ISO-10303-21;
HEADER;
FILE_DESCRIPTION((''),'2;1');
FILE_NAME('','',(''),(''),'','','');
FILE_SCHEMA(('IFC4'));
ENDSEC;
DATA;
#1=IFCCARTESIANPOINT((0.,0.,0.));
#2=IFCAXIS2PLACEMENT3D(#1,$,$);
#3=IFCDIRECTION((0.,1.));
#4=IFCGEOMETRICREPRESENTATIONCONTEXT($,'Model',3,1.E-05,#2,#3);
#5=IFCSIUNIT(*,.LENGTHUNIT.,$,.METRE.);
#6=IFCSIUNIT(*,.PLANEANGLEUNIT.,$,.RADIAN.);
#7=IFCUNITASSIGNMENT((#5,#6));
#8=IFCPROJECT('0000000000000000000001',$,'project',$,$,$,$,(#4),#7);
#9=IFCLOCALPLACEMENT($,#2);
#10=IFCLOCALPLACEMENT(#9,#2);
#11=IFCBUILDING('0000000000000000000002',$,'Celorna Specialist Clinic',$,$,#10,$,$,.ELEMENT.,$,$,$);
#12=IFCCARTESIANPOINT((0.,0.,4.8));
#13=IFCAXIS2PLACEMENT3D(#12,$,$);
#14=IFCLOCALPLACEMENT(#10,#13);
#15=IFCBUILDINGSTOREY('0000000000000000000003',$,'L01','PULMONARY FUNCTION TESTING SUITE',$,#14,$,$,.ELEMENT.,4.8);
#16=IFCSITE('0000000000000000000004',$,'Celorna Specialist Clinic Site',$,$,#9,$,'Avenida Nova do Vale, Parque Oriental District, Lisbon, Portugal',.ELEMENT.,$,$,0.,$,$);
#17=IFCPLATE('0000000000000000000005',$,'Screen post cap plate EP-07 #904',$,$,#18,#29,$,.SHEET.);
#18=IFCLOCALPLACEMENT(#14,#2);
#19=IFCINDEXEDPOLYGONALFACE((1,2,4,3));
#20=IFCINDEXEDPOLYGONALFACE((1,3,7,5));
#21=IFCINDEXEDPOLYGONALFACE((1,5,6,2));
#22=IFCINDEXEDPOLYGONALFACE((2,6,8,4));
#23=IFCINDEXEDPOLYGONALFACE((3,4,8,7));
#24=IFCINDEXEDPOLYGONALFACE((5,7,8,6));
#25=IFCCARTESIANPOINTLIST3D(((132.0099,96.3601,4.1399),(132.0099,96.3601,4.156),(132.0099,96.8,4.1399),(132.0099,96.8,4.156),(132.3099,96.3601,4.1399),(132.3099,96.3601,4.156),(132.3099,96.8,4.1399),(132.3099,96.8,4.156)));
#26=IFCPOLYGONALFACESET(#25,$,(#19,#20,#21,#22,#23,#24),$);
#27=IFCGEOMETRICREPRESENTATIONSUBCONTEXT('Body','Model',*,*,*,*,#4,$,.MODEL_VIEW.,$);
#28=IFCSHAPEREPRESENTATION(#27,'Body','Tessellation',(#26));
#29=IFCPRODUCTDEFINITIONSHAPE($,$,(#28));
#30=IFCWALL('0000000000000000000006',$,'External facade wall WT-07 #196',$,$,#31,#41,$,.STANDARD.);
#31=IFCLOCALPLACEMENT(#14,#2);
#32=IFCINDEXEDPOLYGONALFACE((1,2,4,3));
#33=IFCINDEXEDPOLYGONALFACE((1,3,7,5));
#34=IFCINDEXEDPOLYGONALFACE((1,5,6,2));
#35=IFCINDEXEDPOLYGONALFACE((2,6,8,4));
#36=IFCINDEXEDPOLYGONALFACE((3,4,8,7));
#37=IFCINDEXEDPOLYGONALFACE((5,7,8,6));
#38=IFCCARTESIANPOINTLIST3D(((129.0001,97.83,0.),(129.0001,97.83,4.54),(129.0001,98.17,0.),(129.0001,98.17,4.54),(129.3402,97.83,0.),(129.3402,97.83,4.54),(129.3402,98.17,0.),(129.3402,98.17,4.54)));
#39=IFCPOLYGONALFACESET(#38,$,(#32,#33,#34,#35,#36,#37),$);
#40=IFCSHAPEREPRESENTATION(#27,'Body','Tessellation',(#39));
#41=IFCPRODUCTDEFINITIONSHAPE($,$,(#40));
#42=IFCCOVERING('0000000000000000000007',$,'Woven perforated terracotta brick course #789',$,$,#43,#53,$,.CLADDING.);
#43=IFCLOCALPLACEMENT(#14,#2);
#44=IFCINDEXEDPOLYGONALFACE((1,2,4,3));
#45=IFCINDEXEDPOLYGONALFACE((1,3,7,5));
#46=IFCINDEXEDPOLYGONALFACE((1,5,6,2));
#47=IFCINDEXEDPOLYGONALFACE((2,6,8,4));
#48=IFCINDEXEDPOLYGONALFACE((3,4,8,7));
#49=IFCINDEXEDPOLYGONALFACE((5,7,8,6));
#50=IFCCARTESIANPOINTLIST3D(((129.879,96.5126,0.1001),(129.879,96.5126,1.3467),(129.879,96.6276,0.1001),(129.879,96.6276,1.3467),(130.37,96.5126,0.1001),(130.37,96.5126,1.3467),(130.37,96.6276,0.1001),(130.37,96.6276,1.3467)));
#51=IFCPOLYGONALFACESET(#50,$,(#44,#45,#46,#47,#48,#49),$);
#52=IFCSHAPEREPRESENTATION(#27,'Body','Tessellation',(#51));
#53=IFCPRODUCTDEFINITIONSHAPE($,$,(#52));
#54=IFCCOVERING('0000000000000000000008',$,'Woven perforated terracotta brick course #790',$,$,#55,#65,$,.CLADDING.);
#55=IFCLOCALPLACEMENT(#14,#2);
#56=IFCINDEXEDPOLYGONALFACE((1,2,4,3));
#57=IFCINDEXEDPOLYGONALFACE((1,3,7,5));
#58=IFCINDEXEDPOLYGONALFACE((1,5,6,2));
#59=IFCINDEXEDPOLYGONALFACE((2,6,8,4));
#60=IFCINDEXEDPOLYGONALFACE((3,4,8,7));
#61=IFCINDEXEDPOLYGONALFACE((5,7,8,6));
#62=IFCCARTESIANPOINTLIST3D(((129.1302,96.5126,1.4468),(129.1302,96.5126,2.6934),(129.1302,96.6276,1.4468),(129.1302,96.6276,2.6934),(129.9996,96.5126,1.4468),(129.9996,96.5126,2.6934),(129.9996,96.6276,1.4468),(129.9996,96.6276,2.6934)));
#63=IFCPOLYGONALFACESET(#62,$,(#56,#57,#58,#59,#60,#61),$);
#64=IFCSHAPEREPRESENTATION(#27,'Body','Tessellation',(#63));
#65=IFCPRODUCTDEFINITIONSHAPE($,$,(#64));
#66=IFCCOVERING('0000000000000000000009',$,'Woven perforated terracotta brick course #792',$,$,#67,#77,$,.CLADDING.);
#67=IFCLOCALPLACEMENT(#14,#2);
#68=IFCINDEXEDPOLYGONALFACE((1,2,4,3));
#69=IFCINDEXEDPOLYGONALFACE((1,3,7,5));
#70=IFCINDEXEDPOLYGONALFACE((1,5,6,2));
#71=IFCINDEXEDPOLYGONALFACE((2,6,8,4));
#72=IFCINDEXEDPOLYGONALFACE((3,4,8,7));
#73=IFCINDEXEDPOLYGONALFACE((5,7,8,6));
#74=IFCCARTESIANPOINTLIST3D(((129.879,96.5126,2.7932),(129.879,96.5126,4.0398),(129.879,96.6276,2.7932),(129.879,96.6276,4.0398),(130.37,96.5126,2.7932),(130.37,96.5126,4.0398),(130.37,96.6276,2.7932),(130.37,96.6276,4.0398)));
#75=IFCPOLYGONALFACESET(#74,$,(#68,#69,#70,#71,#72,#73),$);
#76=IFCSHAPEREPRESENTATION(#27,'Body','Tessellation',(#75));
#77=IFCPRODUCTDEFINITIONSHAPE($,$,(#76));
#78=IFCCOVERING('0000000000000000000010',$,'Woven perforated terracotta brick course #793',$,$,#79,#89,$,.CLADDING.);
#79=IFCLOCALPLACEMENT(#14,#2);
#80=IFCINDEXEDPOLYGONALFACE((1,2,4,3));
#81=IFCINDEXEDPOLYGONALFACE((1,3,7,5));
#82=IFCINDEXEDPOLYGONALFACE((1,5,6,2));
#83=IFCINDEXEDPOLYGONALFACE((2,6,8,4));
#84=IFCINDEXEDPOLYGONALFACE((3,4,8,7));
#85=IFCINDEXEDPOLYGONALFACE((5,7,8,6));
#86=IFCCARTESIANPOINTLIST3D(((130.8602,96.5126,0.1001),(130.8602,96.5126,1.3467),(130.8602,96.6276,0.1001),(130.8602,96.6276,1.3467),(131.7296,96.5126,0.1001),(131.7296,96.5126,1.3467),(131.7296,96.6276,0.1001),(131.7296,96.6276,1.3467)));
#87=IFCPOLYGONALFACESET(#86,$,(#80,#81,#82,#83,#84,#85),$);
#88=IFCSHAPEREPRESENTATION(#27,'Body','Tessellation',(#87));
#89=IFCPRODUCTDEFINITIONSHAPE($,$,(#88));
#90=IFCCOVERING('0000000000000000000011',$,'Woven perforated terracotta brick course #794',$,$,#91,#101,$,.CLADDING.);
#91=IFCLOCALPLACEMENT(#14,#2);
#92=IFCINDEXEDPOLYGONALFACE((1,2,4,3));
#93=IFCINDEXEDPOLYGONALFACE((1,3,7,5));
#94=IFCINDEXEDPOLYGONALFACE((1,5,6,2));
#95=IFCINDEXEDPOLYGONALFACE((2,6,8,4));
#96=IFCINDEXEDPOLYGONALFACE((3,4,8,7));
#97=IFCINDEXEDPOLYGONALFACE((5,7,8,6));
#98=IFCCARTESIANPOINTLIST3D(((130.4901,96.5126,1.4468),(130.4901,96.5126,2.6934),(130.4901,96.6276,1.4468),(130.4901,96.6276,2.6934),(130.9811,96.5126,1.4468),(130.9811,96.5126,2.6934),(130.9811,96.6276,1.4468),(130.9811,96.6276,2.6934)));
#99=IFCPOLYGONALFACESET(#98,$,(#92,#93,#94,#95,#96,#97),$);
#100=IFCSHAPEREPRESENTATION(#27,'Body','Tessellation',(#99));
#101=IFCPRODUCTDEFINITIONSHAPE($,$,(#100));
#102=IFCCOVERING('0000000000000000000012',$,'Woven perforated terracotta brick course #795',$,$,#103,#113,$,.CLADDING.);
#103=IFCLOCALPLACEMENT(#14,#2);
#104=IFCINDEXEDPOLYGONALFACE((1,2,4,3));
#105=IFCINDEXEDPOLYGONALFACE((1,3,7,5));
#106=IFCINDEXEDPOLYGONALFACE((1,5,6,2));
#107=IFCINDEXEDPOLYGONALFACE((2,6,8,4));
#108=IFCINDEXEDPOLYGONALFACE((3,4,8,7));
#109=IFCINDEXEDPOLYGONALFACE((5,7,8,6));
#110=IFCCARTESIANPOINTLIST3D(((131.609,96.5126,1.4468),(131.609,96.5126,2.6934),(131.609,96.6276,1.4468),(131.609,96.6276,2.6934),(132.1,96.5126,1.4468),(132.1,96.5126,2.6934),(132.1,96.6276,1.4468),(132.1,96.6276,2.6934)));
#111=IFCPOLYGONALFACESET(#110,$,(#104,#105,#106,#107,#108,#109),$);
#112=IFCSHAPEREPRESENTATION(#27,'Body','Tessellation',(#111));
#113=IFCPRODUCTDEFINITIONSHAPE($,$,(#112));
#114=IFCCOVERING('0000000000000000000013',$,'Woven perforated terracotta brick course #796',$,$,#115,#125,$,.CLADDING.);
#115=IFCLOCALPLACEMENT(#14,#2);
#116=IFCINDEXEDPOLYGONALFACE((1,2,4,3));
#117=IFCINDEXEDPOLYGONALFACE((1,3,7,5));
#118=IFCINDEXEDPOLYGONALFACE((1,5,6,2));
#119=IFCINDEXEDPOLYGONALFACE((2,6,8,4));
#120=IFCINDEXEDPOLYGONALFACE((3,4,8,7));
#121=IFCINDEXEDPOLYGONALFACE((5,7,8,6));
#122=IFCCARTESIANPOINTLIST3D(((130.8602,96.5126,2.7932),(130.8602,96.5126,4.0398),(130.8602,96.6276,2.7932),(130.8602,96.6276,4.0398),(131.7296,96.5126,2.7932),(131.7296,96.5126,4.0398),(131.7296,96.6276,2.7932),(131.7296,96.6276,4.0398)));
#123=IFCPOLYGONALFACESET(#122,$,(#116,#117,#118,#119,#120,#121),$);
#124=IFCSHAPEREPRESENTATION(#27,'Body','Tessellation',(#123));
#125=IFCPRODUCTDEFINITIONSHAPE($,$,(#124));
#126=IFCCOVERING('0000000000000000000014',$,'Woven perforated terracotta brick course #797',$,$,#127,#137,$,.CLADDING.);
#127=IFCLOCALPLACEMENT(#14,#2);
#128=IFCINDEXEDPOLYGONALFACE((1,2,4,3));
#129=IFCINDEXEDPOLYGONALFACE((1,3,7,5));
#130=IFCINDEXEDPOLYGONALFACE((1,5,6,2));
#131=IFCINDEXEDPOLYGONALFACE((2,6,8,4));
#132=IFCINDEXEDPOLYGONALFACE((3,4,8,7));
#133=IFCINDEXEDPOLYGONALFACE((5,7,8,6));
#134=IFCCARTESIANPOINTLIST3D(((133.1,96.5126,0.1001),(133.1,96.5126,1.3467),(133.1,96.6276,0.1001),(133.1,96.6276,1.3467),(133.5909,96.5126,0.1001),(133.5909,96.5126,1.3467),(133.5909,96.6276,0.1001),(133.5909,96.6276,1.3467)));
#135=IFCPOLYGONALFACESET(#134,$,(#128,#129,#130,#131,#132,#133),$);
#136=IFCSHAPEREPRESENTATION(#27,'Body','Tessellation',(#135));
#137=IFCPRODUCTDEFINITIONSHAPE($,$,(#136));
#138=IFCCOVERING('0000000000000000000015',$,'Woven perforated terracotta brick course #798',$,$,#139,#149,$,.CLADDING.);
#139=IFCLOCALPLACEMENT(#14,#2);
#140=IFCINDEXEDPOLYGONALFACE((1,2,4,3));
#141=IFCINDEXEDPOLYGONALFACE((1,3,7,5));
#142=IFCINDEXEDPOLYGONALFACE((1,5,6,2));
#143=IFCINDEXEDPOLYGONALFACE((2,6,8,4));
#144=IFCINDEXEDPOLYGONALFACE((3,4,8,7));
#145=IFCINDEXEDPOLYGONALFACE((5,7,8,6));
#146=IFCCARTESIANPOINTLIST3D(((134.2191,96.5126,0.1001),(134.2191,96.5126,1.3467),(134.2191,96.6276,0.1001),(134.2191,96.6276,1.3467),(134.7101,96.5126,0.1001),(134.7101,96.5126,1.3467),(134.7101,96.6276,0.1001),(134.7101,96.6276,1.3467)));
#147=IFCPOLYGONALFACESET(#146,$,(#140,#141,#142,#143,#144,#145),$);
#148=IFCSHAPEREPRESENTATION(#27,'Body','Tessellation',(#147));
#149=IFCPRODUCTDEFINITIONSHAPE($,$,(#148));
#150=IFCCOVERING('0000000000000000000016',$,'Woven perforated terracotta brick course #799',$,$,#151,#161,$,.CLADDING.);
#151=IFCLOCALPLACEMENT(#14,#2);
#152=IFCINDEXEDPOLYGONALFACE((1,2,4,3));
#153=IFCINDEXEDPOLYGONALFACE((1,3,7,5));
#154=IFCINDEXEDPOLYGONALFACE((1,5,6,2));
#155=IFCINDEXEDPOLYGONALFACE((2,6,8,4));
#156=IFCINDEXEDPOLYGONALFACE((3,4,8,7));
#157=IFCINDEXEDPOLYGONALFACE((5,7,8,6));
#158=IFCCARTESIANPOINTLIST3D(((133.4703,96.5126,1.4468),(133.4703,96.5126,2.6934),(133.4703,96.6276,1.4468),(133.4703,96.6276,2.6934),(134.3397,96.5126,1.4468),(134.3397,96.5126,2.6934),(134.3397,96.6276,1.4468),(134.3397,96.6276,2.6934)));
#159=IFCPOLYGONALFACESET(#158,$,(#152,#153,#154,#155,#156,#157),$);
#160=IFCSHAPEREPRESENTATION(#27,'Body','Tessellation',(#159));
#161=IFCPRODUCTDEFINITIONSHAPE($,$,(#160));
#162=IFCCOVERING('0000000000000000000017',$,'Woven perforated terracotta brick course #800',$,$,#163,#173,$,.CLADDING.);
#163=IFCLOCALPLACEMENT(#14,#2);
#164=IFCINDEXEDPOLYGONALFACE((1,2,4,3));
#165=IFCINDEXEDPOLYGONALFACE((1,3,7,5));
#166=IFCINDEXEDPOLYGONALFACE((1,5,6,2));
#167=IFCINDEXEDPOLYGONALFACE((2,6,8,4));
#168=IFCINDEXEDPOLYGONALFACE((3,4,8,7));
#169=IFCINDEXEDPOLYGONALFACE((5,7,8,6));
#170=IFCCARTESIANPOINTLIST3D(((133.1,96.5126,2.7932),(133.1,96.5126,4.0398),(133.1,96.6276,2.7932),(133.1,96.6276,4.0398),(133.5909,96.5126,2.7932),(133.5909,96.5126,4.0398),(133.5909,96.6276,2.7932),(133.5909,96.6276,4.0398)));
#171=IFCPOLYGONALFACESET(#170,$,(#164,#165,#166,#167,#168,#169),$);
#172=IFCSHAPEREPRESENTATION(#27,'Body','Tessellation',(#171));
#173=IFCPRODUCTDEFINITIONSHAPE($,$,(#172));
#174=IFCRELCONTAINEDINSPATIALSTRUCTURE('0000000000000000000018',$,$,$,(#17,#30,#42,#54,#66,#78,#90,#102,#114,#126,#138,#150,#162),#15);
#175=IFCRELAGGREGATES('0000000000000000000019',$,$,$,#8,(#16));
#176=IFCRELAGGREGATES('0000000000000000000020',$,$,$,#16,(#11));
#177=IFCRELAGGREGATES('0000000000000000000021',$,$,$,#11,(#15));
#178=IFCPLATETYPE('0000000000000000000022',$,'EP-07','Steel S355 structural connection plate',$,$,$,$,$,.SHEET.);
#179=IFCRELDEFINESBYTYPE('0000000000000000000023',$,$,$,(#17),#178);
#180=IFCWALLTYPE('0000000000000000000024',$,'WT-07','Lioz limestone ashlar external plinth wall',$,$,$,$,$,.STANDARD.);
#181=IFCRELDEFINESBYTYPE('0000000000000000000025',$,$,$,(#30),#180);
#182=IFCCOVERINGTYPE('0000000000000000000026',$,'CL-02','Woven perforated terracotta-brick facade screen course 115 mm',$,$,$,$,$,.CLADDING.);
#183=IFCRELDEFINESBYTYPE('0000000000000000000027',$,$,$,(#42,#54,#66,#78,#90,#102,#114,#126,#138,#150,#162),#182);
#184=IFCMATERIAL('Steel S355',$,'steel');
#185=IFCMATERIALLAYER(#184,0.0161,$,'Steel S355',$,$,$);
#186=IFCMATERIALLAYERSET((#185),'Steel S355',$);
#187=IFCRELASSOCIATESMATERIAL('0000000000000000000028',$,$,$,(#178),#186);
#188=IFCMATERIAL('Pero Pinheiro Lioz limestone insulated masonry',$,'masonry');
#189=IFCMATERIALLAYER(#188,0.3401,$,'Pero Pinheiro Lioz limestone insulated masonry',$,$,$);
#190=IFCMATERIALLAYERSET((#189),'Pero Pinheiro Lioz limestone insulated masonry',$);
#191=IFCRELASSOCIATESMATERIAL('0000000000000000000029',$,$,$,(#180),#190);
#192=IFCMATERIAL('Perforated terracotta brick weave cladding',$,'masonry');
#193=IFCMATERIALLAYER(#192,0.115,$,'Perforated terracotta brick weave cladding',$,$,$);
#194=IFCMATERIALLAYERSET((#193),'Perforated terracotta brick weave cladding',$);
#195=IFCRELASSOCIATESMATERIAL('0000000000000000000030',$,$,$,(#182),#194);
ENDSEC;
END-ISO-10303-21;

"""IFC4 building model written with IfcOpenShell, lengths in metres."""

from ifc_helpers import new_model, si_unit, direction, frame, frame_2d, origin, origin_2d, place, context, subcontext, project, spatial, rectangle, extrude, material, layer, layer_set, type_object, element, save


model = new_model("IFC4")

# Units and contexts
model_context = context("Model", 3, precision=1e-05, world=origin(), true_north=direction((0.0, 1.0)))
body_context = subcontext(model_context, "Body", "Model", "MODEL_VIEW")
ifc_project = project(units=[si_unit("LENGTHUNIT", "METRE"), si_unit("PLANEANGLEUNIT", "RADIAN")], contexts=[model_context])

# Site, building, storey
site_placement = place(None, origin())
site = spatial("IfcSite", under=ifc_project, at=site_placement, Name="Celorna Specialist Clinic Site", LongName="Avenida Nova do Vale, Parque Oriental District, Lisbon, Portugal", CompositionType="ELEMENT", RefElevation=0.0)
building_placement = place(site_placement, origin())
building = spatial("IfcBuilding", under=site, at=building_placement, Name="Celorna Specialist Clinic", CompositionType="ELEMENT")
storey_placement = place(building_placement, frame((0.0, 0.0, 4.8)))
storey = spatial("IfcBuildingStorey", under=building, at=storey_placement, Name="L01", Description="PULMONARY FUNCTION TESTING SUITE", CompositionType="ELEMENT", Elevation=4.8)

# Shared definitions
ifc_material_1 = material(Name="Steel S355", Category="steel")

# Plate
ifc_layer_1 = layer(ifc_material_1, 0.0161, Name="Steel S355")
ifc_layer_set_1 = layer_set([ifc_layer_1], Name="Steel S355")
plate_type_1 = type_object("IfcPlateType", Name="EP-07", Description="Steel S355 structural connection plate", PredefinedType="SHEET", material=ifc_layer_set_1)
plate_1_placement = place(storey_placement, frame((132.1599, 96.5801, 4.1399), z_axis=(0.0, 0.0, 1.0), x_axis=(1.0, 0.0, 0.0)))
element("IfcPlate", 1, at=plate_1_placement, inside=storey, type_object=plate_type_1, Name="Screen post cap plate EP-07 #904", PredefinedType="SHEET", context=body_context, shape_type="SweptSolid", body=[
    extrude(rectangle(XDim=0.3, YDim=0.4399, at=origin_2d()), origin(), (0.0, 0.0, 1.0), 0.0161),
])

# Wall
ifc_material_2 = material(Name="Pero Pinheiro Lioz limestone insulated masonry", Category="masonry")
ifc_layer_2 = layer(ifc_material_2, 0.3401, Name="Pero Pinheiro Lioz limestone insulated masonry")
ifc_layer_set_2 = layer_set([ifc_layer_2], Name="Pero Pinheiro Lioz limestone insulated masonry")
wall_type = type_object("IfcWallType", Name="WT-07", Description="Lioz limestone ashlar external plinth wall", PredefinedType="STANDARD", material=ifc_layer_set_2)
wall_placement = place(storey_placement, frame((129.3401, 98.0, 0.0), z_axis=(0.0, 0.0, 1.0), x_axis=(-1.0, 0.0, 0.0)))
element("IfcWall", 2, at=wall_placement, inside=storey, type_object=wall_type, Name="External facade wall WT-07 #196", PredefinedType="STANDARD", context=body_context, shape_type="SweptSolid", body=[
    extrude(rectangle(XDim=0.3401, YDim=0.3401, at=frame_2d((0.1699, 0.0))), origin(), (0.0, 0.0, 1.0), 4.54),
])

# Coverings
ifc_material_3 = material(Name="Perforated terracotta brick weave cladding", Category="masonry")
ifc_layer_3 = layer(ifc_material_3, 0.115, Name="Perforated terracotta brick weave cladding")
ifc_layer_set_3 = layer_set([ifc_layer_3], Name="Perforated terracotta brick weave cladding")
covering_type = type_object("IfcCoveringType", Name="CL-02", Description="Woven perforated terracotta-brick facade screen course 115 mm", PredefinedType="CLADDING", material=ifc_layer_set_3)
covering_1_placement = place(storey_placement, frame((130.1245, 96.5701, 0.1001), z_axis=(0.0, 0.0, 1.0), x_axis=(1.0, 0.0, 0.0)))
element("IfcCovering", 3, at=covering_1_placement, inside=storey, type_object=covering_type, Name="Woven perforated terracotta brick course #789", PredefinedType="CLADDING", context=body_context, shape_type="SweptSolid", body=[
    extrude(rectangle(XDim=0.491, YDim=0.115, at=origin_2d()), origin(), (0.0, 0.0, 1.0), 1.2466),
])
covering_2_placement = place(storey_placement, frame((129.5649, 96.5701, 1.4468), z_axis=(0.0, 0.0, 1.0), x_axis=(1.0, 0.0, 0.0)))
element("IfcCovering", 4, at=covering_2_placement, inside=storey, type_object=covering_type, Name="Woven perforated terracotta brick course #790", PredefinedType="CLADDING", context=body_context, shape_type="SweptSolid", body=[
    extrude(rectangle(XDim=0.8694, YDim=0.115, at=origin_2d()), origin(), (0.0, 0.0, 1.0), 1.2466),
])
covering_3_placement = place(storey_placement, frame((130.1245, 96.5701, 2.7932), z_axis=(0.0, 0.0, 1.0), x_axis=(1.0, 0.0, 0.0)))
element("IfcCovering", 5, at=covering_3_placement, inside=storey, type_object=covering_type, Name="Woven perforated terracotta brick course #792", PredefinedType="CLADDING", context=body_context, shape_type="SweptSolid", body=[
    extrude(rectangle(XDim=0.491, YDim=0.115, at=origin_2d()), origin(), (0.0, 0.0, 1.0), 1.2466),
])
covering_4_placement = place(storey_placement, frame((131.2949, 96.5701, 0.1001), z_axis=(0.0, 0.0, 1.0), x_axis=(1.0, 0.0, 0.0)))
element("IfcCovering", 6, at=covering_4_placement, inside=storey, type_object=covering_type, Name="Woven perforated terracotta brick course #793", PredefinedType="CLADDING", context=body_context, shape_type="SweptSolid", body=[
    extrude(rectangle(XDim=0.8694, YDim=0.115, at=origin_2d()), origin(), (0.0, 0.0, 1.0), 1.2466),
])
for number, where, z_axis, x_axis, name in (
    (7, (130.7356, 96.5701, 1.4468), (0.0, 0.0, 1.0), (1.0, 0.0, 0.0), "Woven perforated terracotta brick course #794"),
    (8, (131.8545, 96.5701, 1.4468), (0.0, 0.0, 1.0), (1.0, 0.0, 0.0), "Woven perforated terracotta brick course #795"),
):
    element("IfcCovering", number, at=place(storey_placement, frame(where, z_axis=z_axis, x_axis=x_axis)), inside=storey, type_object=covering_type, Name=name, PredefinedType="CLADDING", context=body_context, shape_type="SweptSolid", body=[
        extrude(rectangle(XDim=0.491, YDim=0.115, at=origin_2d()), origin(), (0.0, 0.0, 1.0), 1.2466),
    ])
covering_5_placement = place(storey_placement, frame((131.2949, 96.5701, 2.7932), z_axis=(0.0, 0.0, 1.0), x_axis=(1.0, 0.0, 0.0)))
element("IfcCovering", 9, at=covering_5_placement, inside=storey, type_object=covering_type, Name="Woven perforated terracotta brick course #796", PredefinedType="CLADDING", context=body_context, shape_type="SweptSolid", body=[
    extrude(rectangle(XDim=0.8694, YDim=0.115, at=origin_2d()), origin(), (0.0, 0.0, 1.0), 1.2466),
])
for number, where, z_axis, x_axis, name in (
    (10, (133.3455, 96.5701, 0.1001), (0.0, 0.0, 1.0), (1.0, 0.0, 0.0), "Woven perforated terracotta brick course #797"),
    (11, (134.4646, 96.5701, 0.1001), (0.0, 0.0, 1.0), (1.0, 0.0, 0.0), "Woven perforated terracotta brick course #798"),
):
    element("IfcCovering", number, at=place(storey_placement, frame(where, z_axis=z_axis, x_axis=x_axis)), inside=storey, type_object=covering_type, Name=name, PredefinedType="CLADDING", context=body_context, shape_type="SweptSolid", body=[
        extrude(rectangle(XDim=0.491, YDim=0.115, at=origin_2d()), origin(), (0.0, 0.0, 1.0), 1.2466),
    ])
covering_6_placement = place(storey_placement, frame((133.905, 96.5701, 1.4468), z_axis=(0.0, 0.0, 1.0), x_axis=(1.0, 0.0, 0.0)))
element("IfcCovering", 12, at=covering_6_placement, inside=storey, type_object=covering_type, Name="Woven perforated terracotta brick course #799", PredefinedType="CLADDING", context=body_context, shape_type="SweptSolid", body=[
    extrude(rectangle(XDim=0.8694, YDim=0.115, at=origin_2d()), origin(), (0.0, 0.0, 1.0), 1.2466),
])
covering_7_placement = place(storey_placement, frame((133.3455, 96.5701, 2.7932), z_axis=(0.0, 0.0, 1.0), x_axis=(1.0, 0.0, 0.0)))
element("IfcCovering", 13, at=covering_7_placement, inside=storey, type_object=covering_type, Name="Woven perforated terracotta brick course #800", PredefinedType="CLADDING", context=body_context, shape_type="SweptSolid", body=[
    extrude(rectangle(XDim=0.491, YDim=0.115, at=origin_2d()), origin(), (0.0, 0.0, 1.0), 1.2466),
])

save(model, "model.ifc")
